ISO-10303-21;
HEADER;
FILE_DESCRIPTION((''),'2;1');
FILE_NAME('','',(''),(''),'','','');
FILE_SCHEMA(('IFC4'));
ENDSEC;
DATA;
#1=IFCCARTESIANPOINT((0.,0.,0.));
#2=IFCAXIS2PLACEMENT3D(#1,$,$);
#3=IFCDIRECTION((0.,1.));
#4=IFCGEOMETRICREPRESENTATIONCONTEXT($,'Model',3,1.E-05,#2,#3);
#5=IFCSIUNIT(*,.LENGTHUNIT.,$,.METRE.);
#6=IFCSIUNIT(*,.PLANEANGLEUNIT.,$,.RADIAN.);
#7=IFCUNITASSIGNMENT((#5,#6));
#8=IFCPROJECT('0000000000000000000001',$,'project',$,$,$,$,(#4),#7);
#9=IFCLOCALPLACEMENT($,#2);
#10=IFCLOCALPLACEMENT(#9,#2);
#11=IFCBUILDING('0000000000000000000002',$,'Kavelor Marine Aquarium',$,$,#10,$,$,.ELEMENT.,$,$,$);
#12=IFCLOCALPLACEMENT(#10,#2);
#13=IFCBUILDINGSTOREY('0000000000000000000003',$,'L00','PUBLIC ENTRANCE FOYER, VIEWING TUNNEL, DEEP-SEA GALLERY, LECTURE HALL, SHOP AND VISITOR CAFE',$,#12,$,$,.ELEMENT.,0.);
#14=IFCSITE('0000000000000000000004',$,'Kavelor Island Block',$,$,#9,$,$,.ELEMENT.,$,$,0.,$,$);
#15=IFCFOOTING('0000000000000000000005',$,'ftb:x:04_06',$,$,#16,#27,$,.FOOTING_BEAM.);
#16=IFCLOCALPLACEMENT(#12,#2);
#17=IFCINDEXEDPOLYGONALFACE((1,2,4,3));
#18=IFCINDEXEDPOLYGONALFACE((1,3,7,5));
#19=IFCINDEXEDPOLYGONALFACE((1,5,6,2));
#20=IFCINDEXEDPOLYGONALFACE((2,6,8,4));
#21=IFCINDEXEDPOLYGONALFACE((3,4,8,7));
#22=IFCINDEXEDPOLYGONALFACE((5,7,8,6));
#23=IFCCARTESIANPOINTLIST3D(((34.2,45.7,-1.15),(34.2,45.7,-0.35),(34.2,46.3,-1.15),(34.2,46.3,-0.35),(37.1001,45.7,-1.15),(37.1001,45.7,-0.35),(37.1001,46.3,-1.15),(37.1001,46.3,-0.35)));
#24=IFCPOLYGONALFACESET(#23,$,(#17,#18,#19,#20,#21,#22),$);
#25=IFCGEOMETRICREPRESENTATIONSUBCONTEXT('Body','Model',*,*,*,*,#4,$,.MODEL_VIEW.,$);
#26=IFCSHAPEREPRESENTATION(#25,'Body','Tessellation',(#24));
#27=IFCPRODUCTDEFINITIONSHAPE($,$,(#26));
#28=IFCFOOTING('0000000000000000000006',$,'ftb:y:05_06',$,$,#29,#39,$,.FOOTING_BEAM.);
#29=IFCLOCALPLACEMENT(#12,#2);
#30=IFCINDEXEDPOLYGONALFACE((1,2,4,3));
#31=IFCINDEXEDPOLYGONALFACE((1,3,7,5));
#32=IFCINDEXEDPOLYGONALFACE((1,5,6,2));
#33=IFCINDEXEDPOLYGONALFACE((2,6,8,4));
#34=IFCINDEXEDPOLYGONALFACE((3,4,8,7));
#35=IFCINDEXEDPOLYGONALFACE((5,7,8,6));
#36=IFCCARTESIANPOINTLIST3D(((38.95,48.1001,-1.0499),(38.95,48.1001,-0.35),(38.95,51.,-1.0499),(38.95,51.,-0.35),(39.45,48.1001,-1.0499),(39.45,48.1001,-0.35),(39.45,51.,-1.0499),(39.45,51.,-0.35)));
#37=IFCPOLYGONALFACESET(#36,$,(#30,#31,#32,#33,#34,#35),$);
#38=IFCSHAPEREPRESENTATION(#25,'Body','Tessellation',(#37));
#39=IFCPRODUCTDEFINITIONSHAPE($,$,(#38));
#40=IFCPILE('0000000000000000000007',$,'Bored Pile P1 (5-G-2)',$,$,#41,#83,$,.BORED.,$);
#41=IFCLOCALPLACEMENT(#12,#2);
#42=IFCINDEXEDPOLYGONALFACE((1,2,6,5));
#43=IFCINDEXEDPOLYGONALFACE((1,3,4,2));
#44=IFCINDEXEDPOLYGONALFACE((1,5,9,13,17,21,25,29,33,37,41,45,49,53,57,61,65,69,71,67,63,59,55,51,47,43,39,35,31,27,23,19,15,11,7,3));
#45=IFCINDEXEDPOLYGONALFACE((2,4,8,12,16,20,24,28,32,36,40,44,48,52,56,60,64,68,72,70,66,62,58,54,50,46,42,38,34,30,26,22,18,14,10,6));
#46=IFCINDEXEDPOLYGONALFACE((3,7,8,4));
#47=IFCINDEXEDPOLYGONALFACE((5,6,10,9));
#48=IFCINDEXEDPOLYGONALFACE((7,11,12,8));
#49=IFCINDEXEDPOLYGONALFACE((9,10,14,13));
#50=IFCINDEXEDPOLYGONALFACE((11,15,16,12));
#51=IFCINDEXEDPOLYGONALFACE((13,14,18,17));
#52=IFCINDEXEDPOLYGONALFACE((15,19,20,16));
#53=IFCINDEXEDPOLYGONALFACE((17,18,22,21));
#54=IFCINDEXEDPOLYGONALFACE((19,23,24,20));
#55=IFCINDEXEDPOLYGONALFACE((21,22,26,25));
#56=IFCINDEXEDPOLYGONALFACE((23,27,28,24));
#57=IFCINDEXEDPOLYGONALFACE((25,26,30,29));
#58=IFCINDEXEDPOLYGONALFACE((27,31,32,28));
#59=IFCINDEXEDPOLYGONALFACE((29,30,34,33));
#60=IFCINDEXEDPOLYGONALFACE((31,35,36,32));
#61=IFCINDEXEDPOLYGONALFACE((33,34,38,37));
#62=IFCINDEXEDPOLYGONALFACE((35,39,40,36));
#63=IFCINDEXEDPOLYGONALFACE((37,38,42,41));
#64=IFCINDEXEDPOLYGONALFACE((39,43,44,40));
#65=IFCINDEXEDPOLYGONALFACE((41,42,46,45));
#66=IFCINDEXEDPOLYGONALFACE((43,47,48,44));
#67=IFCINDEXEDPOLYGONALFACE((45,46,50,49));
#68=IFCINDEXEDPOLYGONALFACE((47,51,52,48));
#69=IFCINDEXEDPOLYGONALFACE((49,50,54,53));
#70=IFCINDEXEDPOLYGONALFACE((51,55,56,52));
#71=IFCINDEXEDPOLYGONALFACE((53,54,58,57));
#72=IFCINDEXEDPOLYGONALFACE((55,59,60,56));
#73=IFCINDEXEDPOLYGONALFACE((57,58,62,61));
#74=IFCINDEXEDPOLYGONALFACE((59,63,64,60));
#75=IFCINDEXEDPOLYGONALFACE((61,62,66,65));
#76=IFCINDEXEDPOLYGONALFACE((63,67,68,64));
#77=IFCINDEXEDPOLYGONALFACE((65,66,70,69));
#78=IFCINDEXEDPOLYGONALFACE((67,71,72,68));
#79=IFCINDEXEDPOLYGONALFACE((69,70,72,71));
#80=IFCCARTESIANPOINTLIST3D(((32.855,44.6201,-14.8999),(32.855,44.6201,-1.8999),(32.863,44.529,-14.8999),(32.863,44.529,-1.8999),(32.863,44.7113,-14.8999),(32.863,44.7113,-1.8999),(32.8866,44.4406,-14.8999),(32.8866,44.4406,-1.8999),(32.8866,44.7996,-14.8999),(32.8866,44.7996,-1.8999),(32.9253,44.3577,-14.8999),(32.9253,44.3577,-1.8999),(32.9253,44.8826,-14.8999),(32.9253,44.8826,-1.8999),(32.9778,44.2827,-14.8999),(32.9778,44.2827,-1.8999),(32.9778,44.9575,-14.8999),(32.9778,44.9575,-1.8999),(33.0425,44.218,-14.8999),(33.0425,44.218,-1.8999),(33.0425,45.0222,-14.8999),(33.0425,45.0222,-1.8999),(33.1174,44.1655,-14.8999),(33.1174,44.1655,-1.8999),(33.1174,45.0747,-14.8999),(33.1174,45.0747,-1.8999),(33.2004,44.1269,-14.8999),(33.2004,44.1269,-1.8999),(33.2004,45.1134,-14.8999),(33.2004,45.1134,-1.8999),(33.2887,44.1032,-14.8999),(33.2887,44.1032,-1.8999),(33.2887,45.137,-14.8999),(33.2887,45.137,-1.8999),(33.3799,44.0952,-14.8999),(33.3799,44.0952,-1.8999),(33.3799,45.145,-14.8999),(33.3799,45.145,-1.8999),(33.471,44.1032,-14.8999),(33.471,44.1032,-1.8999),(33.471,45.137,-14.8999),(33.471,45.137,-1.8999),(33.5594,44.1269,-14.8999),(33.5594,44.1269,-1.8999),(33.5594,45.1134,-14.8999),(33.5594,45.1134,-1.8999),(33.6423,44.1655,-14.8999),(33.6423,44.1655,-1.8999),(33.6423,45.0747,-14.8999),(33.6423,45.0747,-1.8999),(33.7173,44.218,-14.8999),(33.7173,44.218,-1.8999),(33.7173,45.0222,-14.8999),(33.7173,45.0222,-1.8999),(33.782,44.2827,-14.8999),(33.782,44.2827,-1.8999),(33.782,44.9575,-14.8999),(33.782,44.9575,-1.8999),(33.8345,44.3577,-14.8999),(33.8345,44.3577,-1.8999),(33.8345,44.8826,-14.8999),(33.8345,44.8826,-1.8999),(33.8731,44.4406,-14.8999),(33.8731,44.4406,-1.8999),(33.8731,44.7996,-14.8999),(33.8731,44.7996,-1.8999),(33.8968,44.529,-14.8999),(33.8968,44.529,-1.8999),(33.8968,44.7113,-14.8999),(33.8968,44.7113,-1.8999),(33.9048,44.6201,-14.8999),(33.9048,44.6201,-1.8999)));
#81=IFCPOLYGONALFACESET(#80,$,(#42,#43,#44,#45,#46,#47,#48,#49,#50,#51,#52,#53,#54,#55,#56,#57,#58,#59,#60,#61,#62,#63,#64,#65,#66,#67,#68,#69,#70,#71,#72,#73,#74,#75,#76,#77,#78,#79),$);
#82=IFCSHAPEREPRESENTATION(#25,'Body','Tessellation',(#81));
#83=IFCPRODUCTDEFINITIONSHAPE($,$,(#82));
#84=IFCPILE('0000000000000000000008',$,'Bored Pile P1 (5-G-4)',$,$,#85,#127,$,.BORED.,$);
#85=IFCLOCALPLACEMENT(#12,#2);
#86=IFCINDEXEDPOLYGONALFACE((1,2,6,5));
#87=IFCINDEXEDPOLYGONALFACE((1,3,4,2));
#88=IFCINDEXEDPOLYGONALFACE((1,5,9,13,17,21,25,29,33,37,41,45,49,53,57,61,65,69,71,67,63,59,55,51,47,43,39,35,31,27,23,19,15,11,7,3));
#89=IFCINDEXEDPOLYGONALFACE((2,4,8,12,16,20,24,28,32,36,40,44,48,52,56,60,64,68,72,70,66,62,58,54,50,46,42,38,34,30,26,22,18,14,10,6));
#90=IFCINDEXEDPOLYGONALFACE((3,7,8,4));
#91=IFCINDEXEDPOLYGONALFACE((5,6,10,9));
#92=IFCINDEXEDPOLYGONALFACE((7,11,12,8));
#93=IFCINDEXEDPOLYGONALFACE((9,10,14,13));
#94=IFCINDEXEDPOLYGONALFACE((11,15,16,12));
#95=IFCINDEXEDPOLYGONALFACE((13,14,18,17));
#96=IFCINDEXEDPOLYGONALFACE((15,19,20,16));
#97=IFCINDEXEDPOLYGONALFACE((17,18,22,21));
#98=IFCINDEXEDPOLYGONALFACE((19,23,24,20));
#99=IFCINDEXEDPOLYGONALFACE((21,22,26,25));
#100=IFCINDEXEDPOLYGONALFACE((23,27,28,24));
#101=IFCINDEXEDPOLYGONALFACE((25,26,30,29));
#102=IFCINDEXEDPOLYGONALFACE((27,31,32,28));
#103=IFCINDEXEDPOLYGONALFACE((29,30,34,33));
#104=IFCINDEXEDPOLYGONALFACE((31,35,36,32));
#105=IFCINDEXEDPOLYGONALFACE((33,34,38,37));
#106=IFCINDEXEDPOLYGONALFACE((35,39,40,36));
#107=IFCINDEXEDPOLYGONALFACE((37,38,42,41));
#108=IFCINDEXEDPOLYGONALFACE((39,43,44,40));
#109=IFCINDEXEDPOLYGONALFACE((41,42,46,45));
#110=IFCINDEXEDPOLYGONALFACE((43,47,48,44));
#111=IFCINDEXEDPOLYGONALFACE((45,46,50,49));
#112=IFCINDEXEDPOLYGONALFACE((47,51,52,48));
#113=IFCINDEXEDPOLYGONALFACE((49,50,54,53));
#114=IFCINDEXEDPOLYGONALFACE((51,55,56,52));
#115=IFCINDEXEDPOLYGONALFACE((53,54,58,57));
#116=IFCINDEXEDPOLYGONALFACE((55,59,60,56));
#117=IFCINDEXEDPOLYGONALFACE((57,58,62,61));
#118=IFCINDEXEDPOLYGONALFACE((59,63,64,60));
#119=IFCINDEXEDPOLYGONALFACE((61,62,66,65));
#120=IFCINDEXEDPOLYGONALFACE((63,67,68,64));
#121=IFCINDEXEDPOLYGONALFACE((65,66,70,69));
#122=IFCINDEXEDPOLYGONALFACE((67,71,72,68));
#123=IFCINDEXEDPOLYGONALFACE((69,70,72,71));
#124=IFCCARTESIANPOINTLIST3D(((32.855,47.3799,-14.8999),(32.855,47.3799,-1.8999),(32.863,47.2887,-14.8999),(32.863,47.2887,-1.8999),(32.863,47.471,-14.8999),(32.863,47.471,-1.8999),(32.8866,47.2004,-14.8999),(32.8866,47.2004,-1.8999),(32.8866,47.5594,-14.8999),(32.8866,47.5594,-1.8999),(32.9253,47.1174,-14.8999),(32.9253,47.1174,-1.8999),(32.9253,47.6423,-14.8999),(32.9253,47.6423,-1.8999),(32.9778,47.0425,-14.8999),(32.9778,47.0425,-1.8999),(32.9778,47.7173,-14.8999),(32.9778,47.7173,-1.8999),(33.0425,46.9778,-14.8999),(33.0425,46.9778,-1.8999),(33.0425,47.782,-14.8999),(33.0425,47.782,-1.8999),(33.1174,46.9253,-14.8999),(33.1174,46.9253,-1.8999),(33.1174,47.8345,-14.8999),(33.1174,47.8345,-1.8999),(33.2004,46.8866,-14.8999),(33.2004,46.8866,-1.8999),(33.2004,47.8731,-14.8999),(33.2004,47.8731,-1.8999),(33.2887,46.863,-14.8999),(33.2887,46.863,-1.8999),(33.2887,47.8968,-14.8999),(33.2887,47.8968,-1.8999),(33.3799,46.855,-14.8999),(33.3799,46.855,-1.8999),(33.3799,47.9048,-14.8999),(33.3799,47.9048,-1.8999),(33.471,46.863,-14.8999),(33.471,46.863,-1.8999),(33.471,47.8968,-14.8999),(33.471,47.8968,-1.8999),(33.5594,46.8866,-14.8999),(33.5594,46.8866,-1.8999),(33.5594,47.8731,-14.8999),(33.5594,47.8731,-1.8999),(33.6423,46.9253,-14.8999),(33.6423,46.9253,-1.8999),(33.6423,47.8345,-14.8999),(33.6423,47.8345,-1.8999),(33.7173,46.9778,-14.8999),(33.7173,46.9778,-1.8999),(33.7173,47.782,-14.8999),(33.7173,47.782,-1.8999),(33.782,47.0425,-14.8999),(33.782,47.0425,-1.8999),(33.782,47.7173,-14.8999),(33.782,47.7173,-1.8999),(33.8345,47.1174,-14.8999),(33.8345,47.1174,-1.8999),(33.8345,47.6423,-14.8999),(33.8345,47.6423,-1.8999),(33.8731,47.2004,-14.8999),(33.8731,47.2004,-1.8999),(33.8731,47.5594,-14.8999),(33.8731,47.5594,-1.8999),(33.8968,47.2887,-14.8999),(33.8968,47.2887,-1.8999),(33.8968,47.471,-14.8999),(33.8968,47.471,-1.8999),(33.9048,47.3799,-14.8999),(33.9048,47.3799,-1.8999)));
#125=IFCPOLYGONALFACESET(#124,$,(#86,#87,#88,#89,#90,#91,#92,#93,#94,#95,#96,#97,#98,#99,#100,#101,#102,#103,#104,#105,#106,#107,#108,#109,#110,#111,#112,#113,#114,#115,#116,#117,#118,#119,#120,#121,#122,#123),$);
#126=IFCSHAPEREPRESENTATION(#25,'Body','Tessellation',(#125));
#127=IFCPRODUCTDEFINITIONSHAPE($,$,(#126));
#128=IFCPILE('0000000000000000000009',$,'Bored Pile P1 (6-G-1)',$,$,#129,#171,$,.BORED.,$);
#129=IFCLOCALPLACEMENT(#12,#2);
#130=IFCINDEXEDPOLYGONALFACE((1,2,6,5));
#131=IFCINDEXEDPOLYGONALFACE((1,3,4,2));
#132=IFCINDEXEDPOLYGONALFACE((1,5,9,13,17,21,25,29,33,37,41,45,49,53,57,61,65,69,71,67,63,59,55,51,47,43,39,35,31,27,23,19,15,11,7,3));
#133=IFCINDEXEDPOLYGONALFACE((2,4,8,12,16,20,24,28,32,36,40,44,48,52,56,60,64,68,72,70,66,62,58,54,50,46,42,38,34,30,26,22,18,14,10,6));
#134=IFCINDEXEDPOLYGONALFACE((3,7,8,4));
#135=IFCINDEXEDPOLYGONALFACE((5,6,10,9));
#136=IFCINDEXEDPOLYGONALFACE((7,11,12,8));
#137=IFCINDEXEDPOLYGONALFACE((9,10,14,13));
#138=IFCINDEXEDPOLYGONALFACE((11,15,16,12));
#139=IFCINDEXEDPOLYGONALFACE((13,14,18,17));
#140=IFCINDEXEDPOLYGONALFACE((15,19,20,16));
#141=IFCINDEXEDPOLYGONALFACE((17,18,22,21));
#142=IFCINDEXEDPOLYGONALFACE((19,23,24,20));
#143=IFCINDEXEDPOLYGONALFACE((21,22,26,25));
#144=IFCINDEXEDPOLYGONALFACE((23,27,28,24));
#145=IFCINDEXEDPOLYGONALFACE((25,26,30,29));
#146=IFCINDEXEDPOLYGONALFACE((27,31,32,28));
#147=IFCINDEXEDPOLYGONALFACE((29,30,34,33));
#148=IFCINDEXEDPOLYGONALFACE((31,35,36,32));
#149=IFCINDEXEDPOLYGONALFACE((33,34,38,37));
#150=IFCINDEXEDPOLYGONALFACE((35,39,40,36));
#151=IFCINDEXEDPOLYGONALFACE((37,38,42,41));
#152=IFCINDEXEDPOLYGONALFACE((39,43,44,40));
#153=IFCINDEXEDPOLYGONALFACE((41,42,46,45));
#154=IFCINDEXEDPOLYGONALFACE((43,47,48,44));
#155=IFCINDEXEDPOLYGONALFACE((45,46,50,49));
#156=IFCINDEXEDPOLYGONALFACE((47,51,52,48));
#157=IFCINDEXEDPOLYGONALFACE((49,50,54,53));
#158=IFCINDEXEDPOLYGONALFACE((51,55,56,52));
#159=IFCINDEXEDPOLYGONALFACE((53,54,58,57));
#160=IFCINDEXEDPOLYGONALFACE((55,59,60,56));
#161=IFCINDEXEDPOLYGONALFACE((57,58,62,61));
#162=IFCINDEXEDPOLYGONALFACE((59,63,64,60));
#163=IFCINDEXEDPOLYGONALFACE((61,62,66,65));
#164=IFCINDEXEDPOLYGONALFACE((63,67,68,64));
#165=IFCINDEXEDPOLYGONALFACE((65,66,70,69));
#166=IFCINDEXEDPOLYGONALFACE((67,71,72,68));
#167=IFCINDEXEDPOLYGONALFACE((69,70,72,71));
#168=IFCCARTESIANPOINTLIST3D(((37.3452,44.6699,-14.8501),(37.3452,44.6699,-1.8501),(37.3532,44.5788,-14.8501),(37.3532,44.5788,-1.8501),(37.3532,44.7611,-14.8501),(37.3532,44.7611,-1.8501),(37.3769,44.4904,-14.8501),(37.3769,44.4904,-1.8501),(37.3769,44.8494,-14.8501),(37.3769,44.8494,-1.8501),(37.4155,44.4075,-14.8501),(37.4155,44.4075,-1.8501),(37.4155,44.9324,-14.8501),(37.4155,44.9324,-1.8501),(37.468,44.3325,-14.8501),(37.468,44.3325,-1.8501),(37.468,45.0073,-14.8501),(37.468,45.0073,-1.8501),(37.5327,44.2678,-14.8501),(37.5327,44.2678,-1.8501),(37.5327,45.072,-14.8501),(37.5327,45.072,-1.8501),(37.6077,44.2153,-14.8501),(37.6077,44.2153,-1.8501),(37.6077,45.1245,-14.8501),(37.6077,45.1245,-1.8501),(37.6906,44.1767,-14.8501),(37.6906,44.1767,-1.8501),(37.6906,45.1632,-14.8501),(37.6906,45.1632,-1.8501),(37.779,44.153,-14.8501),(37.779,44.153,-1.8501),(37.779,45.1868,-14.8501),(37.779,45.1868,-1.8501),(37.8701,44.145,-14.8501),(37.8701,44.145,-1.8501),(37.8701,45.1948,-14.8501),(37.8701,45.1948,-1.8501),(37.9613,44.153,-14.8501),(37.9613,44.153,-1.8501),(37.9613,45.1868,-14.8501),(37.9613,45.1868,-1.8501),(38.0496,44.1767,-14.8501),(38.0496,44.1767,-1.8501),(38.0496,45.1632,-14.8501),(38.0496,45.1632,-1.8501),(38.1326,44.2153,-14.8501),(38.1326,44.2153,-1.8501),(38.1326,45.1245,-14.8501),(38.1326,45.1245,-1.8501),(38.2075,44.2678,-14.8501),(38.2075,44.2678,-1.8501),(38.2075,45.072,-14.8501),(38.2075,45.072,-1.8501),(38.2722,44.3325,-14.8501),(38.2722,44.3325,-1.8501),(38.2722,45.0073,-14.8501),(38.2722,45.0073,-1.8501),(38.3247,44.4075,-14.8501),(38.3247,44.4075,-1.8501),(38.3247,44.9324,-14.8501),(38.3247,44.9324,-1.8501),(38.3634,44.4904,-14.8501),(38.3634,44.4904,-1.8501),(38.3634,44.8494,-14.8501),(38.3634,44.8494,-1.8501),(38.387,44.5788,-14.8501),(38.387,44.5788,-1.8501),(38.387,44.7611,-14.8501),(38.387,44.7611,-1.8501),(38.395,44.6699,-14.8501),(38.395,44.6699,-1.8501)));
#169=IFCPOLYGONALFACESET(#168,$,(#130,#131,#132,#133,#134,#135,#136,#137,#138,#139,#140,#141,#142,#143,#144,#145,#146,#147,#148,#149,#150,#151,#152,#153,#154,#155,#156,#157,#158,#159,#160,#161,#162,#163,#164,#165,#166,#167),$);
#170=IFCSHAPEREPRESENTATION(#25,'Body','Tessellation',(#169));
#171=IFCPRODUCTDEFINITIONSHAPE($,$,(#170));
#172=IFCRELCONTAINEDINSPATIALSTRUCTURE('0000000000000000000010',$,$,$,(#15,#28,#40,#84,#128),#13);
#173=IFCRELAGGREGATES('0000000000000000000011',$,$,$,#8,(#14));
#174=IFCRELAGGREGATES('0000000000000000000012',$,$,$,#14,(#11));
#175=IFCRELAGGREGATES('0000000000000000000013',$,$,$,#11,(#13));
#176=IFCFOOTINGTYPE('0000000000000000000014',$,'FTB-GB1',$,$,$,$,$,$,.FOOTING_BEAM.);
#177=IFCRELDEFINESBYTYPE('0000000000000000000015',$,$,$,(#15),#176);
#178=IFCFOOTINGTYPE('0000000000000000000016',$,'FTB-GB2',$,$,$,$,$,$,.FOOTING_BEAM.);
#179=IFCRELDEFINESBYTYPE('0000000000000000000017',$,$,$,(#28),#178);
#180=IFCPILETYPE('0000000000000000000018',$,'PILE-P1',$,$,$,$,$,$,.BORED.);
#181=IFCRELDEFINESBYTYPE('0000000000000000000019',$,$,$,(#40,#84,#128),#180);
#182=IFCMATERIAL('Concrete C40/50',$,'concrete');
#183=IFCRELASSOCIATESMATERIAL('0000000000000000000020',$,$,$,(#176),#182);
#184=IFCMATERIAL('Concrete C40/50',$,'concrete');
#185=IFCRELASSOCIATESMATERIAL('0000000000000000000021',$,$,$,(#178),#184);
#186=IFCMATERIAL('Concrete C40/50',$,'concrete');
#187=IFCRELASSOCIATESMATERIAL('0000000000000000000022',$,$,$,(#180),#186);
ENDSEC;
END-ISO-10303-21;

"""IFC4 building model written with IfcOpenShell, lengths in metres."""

from ifc_helpers import new_model, si_unit, direction, frame, origin, origin_2d, place, context, subcontext, project, spatial, rectangle, circle, extrude, material, material_profile, profile_set, type_object, element, save


model = new_model("IFC4")

# Units and contexts
model_context = context("Model", 3, precision=1e-05, world=origin(), true_north=direction((0.0, 1.0)))
body_context = subcontext(model_context, "Body", "Model", "MODEL_VIEW")
ifc_project = project(units=[si_unit("LENGTHUNIT", "METRE"), si_unit("PLANEANGLEUNIT", "RADIAN")], contexts=[model_context])

# Site, building, storey
site_placement = place(None, origin())
site = spatial("IfcSite", under=ifc_project, at=site_placement, Name="Kavelor Island Block", CompositionType="ELEMENT", RefElevation=0.0)
building_placement = place(site_placement, origin())
building = spatial("IfcBuilding", under=site, at=building_placement, Name="Kavelor Marine Aquarium", CompositionType="ELEMENT")
storey_placement = place(building_placement, origin())
storey = spatial("IfcBuildingStorey", under=building, at=storey_placement, Name="L00", Description="PUBLIC ENTRANCE FOYER, VIEWING TUNNEL, DEEP-SEA GALLERY, LECTURE HALL, SHOP AND VISITOR CAFE", CompositionType="ELEMENT", Elevation=0.0)

# Footings
ifc_material_1 = material(Name="Concrete C40/50", Category="concrete")
ifc_material_profile_1 = material_profile(ifc_material_1, rectangle(XDim=0.6001, YDim=0.8, at=origin_2d()), Name="GB 600x800")
ifc_profile_set_1 = profile_set([ifc_material_profile_1], Name="Concrete C40/50")
footing_type_1 = type_object("IfcFootingType", Name="FTB-GB1", PredefinedType="FOOTING_BEAM", material=ifc_profile_set_1)
footing_1_placement = place(storey_placement, frame((34.2, 46.0, -0.75), z_axis=(1.0, 0.0, 0.0), x_axis=(0.0, 1.0, 0.0)))
element("IfcFooting", 1, at=footing_1_placement, inside=storey, type_object=footing_type_1, Name="ftb:x:04_06", PredefinedType="FOOTING_BEAM", context=body_context, shape_type="SweptSolid", body=[
    extrude(rectangle(XDim=0.6001, YDim=0.8, at=origin_2d()), origin(), (0.0, 0.0, 1.0), 2.9001),
])
ifc_material_2 = material(Name="Concrete C40/50", Category="concrete")
ifc_material_profile_2 = material_profile(ifc_material_2, rectangle(XDim=0.5, YDim=0.7, at=origin_2d()), Name="GB 500x700")
ifc_profile_set_2 = profile_set([ifc_material_profile_2], Name="Concrete C40/50")
footing_type_2 = type_object("IfcFootingType", Name="FTB-GB2", PredefinedType="FOOTING_BEAM", material=ifc_profile_set_2)
footing_2_placement = place(storey_placement, frame((39.2, 48.1001, -0.7), z_axis=(0.0, 1.0, 0.0), x_axis=(-1.0, 0.0, 0.0)))
element("IfcFooting", 2, at=footing_2_placement, inside=storey, type_object=footing_type_2, Name="ftb:y:05_06", PredefinedType="FOOTING_BEAM", context=body_context, shape_type="SweptSolid", body=[
    extrude(rectangle(XDim=0.5, YDim=0.7, at=origin_2d()), origin(), (0.0, 0.0, 1.0), 2.8999),
])

# Piles
ifc_material_3 = material(Name="Concrete C40/50", Category="concrete")
ifc_material_profile_3 = material_profile(ifc_material_3, circle(Radius=0.5249, at=origin_2d()), Name="PILE D1050")
ifc_profile_set_3 = profile_set([ifc_material_profile_3], Name="Concrete C40/50")
pile_type = type_object("IfcPileType", Name="PILE-P1", PredefinedType="BORED", material=ifc_profile_set_3)
for number, where, z_axis, x_axis, name in (
    (3, (33.3799, 44.6201, -1.8999), (0.0, 0.0, -1.0), (1.0, 0.0, 0.0), "Bored Pile P1 (5-G-2)"),
    (4, (33.3799, 47.3799, -1.8999), (0.0, 0.0, -1.0), (1.0, 0.0, 0.0), "Bored Pile P1 (5-G-4)"),
    (5, (37.8701, 44.6699, -1.8501), (0.0, 0.0, -1.0), (1.0, 0.0, 0.0), "Bored Pile P1 (6-G-1)"),
):
    element("IfcPile", number, at=place(storey_placement, frame(where, z_axis=z_axis, x_axis=x_axis)), inside=storey, type_object=pile_type, Name=name, PredefinedType="BORED", context=body_context, shape_type="SweptSolid", body=[
        extrude(circle(Radius=0.5249, at=origin_2d()), origin(), (0.0, 0.0, 1.0), 13.0),
    ])

save(model, "model.ifc")
